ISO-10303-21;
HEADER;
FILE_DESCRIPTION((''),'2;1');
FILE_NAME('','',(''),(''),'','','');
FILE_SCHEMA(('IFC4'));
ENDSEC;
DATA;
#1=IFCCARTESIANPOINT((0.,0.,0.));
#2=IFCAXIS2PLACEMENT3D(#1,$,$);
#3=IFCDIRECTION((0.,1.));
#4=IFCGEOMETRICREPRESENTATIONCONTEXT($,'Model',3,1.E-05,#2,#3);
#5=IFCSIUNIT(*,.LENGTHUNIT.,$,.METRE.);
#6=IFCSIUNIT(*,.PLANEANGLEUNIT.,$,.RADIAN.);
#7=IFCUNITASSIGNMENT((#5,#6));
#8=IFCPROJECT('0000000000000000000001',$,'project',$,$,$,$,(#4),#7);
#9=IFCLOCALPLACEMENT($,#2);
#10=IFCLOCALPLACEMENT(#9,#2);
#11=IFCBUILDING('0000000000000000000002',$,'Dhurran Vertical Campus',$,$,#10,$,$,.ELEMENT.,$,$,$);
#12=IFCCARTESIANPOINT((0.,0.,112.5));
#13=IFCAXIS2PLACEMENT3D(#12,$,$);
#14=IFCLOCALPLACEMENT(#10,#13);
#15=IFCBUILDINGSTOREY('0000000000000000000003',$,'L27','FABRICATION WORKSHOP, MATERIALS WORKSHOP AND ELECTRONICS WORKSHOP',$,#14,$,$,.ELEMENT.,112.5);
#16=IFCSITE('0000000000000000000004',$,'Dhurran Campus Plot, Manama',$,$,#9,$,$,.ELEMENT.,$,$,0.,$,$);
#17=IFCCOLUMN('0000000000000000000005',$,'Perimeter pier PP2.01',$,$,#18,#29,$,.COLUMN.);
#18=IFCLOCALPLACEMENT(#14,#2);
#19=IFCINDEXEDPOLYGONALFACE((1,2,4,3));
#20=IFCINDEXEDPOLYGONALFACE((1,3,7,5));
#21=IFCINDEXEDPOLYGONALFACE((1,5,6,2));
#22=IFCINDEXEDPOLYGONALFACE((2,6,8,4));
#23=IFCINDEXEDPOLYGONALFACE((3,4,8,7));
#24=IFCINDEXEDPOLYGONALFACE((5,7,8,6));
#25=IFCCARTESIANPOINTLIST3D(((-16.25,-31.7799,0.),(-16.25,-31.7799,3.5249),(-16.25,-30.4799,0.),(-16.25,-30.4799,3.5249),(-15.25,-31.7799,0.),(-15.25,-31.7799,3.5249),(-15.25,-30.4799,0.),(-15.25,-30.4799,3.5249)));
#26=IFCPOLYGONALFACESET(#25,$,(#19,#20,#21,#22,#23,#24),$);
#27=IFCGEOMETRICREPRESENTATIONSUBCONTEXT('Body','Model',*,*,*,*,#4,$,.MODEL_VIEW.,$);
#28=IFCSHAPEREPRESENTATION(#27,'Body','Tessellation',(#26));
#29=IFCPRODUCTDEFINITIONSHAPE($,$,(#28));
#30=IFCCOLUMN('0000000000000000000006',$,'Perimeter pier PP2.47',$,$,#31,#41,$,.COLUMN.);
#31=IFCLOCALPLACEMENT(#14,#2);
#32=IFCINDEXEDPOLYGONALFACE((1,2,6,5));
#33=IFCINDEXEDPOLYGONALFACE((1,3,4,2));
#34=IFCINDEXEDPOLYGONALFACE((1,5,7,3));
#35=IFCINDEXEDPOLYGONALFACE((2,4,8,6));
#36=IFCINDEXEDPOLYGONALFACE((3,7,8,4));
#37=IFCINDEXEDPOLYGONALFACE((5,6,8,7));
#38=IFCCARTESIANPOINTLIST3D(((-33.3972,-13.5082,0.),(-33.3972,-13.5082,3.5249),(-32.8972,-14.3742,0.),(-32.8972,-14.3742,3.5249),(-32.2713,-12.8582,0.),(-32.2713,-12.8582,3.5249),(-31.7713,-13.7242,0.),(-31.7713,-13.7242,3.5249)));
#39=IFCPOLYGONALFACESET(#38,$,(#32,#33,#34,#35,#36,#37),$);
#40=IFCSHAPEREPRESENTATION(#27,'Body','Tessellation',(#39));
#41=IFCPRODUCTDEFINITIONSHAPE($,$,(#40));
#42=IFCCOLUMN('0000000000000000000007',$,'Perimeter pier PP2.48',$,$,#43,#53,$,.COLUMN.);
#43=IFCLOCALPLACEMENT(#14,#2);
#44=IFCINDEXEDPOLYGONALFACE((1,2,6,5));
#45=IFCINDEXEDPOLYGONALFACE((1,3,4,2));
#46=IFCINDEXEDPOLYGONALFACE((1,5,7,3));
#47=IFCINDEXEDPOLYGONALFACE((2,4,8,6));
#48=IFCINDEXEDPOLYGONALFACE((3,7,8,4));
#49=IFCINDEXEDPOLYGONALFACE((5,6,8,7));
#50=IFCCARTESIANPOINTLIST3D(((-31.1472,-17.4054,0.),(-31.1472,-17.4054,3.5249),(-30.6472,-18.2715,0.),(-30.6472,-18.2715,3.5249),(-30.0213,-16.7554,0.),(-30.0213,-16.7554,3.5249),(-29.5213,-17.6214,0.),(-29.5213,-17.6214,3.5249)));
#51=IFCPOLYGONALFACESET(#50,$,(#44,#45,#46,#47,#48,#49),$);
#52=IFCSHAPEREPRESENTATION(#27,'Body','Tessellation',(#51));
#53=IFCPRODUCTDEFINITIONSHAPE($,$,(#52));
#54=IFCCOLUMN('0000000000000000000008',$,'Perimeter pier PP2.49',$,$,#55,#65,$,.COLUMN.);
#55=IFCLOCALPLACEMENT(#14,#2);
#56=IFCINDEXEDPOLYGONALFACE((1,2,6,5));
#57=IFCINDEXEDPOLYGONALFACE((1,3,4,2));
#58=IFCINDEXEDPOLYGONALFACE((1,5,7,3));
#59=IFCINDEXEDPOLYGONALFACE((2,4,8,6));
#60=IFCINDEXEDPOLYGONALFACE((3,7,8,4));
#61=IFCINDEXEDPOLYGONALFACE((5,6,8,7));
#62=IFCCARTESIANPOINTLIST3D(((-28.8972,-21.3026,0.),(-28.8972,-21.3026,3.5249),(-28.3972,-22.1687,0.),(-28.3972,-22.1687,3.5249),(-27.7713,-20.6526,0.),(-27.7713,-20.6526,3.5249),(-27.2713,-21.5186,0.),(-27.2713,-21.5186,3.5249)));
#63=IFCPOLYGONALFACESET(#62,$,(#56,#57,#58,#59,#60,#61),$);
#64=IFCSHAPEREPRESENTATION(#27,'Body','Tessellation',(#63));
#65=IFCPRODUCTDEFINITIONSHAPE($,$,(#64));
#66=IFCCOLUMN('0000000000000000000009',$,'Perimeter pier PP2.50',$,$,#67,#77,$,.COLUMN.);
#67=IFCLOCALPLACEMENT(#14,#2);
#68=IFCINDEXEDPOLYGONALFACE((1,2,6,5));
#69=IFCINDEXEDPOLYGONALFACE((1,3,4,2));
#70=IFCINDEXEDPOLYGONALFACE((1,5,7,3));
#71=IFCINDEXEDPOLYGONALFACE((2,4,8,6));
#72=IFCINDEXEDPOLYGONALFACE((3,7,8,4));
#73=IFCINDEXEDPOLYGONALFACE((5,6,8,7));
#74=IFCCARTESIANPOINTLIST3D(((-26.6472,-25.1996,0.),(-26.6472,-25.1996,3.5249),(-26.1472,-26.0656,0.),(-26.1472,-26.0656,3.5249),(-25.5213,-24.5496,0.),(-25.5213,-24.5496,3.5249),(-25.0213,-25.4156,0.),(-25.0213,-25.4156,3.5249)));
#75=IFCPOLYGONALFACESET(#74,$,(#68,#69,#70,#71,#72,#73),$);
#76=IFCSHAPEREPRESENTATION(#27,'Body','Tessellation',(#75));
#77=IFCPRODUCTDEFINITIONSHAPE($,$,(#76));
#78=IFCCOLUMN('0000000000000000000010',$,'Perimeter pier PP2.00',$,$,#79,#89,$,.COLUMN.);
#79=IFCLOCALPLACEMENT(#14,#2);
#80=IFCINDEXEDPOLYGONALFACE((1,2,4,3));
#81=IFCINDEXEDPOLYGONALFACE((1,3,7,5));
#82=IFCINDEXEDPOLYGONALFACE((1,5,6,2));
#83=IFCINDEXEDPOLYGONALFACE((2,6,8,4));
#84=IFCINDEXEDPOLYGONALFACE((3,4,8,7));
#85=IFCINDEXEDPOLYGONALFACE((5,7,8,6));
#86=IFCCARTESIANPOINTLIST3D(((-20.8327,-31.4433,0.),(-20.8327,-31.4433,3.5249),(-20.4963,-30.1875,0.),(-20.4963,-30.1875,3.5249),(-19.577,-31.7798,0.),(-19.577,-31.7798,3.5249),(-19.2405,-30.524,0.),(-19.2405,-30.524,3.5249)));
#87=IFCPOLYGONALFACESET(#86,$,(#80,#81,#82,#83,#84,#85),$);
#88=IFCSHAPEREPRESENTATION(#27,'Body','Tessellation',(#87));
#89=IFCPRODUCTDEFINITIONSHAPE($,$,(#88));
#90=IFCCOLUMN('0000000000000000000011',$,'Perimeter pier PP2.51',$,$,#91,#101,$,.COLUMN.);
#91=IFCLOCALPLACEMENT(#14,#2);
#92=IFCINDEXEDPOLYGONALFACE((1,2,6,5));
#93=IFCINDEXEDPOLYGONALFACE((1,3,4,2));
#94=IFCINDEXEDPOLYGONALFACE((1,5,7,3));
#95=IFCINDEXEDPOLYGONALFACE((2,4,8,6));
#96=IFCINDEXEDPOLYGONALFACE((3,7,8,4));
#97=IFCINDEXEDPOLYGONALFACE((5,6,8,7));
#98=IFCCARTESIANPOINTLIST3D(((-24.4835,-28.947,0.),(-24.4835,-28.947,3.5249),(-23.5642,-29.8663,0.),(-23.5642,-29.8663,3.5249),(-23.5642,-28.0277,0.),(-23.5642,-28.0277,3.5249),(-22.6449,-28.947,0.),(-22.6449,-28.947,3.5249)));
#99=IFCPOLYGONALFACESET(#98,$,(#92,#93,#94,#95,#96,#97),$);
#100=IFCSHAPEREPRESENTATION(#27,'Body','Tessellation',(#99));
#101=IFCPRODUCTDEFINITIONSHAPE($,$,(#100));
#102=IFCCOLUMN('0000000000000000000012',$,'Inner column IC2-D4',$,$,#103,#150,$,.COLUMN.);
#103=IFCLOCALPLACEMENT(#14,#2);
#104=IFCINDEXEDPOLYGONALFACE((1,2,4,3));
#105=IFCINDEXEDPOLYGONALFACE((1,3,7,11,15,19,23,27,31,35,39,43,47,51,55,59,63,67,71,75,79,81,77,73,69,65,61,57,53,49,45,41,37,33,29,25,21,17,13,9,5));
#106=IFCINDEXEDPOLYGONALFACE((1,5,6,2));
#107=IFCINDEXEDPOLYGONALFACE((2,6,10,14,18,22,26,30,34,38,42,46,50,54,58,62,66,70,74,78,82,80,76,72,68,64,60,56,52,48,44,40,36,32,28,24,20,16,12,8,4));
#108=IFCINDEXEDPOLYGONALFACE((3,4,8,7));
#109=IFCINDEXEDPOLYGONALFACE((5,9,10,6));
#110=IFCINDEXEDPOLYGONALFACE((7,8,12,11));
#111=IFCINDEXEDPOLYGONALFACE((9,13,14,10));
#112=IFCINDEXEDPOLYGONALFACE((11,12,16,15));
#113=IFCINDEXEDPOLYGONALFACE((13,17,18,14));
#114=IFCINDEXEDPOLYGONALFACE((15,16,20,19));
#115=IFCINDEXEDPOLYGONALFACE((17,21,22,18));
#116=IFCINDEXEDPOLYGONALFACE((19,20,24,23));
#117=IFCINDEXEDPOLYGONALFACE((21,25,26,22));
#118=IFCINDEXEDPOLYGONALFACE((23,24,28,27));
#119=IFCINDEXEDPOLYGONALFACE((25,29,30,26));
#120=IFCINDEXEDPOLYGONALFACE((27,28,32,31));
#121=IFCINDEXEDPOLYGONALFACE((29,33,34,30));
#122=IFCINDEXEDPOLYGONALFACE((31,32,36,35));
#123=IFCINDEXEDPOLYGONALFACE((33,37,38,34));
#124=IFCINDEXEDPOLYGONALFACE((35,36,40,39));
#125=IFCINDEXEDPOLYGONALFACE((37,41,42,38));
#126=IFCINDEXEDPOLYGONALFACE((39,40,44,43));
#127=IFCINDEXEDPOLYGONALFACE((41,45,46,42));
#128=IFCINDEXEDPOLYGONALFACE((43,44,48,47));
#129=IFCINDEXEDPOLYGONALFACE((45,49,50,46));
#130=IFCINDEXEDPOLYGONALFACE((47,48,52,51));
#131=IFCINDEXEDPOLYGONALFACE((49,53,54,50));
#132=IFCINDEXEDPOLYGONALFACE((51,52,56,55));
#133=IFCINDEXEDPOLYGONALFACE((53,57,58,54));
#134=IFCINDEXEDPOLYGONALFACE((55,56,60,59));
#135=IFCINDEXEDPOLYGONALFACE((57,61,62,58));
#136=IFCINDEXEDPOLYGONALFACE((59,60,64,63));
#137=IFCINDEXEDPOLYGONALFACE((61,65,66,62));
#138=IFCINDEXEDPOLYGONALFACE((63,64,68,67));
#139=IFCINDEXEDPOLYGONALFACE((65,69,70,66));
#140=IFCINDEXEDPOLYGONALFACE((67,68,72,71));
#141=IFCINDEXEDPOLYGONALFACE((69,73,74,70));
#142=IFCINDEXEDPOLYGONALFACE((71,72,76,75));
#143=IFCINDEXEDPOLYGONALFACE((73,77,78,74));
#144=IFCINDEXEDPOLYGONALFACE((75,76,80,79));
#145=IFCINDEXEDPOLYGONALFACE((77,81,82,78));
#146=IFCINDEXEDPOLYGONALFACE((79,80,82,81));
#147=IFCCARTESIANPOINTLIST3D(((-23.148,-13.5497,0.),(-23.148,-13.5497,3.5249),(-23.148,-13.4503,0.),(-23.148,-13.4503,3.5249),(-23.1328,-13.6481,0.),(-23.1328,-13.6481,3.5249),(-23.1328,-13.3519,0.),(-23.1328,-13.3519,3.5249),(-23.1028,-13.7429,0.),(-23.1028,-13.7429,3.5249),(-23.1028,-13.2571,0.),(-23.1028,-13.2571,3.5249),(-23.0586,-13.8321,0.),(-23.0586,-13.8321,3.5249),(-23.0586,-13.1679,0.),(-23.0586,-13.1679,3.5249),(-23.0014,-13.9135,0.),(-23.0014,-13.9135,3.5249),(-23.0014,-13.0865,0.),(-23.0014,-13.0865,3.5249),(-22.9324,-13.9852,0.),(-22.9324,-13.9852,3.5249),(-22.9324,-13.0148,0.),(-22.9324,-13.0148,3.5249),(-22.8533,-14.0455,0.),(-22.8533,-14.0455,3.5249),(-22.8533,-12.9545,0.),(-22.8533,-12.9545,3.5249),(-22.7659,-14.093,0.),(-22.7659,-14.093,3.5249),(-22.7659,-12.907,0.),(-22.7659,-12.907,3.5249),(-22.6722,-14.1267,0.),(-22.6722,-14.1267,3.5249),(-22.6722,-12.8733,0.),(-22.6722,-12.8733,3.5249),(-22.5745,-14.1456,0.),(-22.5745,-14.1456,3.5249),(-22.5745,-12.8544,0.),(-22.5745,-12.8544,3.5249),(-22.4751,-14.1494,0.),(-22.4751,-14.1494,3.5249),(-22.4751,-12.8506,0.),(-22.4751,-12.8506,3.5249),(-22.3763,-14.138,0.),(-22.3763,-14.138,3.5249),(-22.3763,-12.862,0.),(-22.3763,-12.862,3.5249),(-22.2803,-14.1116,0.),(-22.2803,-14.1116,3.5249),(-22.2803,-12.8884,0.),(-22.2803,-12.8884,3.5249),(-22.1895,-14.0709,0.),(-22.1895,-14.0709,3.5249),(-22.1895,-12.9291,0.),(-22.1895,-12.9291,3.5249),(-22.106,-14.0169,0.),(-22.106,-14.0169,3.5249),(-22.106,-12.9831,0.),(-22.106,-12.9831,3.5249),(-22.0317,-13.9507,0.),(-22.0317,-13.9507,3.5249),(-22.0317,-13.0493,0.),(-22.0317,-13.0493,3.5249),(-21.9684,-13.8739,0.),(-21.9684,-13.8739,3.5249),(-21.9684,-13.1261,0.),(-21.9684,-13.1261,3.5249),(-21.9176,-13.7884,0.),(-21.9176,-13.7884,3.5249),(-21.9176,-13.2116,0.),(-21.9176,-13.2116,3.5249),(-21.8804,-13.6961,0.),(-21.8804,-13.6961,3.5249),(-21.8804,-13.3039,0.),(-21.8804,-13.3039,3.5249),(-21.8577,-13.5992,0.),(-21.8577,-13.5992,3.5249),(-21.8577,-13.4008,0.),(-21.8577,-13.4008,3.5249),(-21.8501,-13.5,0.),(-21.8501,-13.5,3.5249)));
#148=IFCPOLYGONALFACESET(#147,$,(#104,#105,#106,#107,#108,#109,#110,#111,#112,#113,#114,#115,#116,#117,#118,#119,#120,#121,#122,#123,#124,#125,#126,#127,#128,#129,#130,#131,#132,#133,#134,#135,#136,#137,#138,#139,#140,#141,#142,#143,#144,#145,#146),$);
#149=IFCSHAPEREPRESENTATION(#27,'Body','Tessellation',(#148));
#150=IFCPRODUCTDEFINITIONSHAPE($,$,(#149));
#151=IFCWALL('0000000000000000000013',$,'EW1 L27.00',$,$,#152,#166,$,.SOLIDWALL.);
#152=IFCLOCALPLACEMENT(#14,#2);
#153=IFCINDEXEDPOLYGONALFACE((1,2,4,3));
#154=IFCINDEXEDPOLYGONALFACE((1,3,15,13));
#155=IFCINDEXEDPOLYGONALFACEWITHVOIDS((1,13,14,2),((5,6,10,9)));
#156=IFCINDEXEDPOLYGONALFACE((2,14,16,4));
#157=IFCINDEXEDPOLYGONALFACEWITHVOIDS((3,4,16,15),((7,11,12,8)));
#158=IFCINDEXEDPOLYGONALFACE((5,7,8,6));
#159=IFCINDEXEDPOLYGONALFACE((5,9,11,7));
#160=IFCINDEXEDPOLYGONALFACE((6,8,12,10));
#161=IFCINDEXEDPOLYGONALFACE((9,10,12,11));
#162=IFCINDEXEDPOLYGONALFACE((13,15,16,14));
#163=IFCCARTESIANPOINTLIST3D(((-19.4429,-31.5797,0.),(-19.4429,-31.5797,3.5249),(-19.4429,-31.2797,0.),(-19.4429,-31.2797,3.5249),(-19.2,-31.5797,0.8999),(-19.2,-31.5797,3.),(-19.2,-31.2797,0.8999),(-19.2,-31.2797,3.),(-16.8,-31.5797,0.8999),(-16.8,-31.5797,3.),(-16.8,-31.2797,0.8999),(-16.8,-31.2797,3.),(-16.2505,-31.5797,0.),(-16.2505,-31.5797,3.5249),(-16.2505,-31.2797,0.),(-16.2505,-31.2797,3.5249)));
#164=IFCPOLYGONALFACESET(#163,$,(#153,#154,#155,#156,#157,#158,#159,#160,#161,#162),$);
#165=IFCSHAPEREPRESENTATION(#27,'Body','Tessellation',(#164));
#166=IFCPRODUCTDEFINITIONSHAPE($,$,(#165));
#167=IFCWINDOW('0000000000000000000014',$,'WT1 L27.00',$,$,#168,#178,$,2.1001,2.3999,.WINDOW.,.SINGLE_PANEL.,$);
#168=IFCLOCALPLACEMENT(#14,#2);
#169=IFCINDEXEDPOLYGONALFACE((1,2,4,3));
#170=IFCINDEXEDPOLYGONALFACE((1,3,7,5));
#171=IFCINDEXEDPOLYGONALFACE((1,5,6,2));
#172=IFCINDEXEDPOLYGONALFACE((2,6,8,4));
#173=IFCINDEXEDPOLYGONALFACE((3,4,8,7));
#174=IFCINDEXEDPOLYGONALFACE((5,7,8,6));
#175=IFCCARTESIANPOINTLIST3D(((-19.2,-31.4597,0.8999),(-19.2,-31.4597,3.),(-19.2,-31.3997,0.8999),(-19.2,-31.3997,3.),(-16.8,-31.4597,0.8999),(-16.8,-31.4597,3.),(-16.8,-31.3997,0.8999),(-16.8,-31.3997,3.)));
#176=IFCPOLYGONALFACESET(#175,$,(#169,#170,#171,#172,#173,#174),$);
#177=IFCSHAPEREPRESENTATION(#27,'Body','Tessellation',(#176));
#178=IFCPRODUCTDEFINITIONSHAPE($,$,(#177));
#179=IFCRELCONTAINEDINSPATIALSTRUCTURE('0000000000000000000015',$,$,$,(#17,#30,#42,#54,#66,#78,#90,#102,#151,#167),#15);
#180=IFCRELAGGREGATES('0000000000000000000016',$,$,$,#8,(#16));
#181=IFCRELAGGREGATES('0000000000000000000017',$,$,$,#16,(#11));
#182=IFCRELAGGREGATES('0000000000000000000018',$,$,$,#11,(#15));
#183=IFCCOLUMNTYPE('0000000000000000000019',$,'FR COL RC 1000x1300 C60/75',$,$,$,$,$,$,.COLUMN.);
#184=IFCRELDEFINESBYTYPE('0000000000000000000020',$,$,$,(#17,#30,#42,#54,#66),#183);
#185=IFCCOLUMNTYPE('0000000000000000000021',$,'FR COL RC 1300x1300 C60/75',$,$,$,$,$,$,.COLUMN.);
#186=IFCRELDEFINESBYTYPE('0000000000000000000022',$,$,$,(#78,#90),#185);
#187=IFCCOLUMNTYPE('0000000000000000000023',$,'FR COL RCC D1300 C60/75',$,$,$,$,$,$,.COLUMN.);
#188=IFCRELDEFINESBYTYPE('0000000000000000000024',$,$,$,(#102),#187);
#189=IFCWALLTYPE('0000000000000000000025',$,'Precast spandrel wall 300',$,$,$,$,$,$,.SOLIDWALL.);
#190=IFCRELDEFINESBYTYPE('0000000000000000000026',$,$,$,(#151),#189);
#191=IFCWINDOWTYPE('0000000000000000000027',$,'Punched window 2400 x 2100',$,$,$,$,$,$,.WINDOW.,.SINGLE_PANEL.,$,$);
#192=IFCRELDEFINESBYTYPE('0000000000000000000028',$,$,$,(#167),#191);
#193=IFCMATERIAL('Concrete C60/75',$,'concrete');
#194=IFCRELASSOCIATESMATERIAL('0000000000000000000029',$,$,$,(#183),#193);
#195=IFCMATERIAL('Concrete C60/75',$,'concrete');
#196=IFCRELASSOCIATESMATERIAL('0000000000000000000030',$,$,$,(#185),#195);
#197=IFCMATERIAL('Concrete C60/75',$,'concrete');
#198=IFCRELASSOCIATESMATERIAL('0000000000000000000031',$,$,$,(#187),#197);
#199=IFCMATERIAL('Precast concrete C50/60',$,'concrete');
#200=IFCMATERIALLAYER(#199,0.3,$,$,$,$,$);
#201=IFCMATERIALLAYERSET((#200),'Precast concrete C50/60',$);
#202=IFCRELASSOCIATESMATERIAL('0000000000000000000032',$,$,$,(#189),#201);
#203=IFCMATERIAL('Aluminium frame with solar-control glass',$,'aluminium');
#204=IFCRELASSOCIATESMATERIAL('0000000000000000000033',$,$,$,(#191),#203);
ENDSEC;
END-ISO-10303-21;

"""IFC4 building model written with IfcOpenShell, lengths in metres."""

from ifc_helpers import new_model, si_unit, direction, frame, frame_2d, origin, origin_2d, place, context, subcontext, project, spatial, rectangle, circle, extrude, material, layer, layer_set, material_profile, profile_set, type_object, element, fill, save


model = new_model("IFC4")

# Units and contexts
model_context = context("Model", 3, precision=1e-05, world=origin(), true_north=direction((0.0, 1.0)))
body_context = subcontext(model_context, "Body", "Model", "MODEL_VIEW")
ifc_project = project(units=[si_unit("LENGTHUNIT", "METRE"), si_unit("PLANEANGLEUNIT", "RADIAN")], contexts=[model_context])

# Site, building, storey
site_placement = place(None, origin())
site = spatial("IfcSite", under=ifc_project, at=site_placement, Name="Dhurran Campus Plot, Manama", CompositionType="ELEMENT", RefElevation=0.0)
building_placement = place(site_placement, origin())
building = spatial("IfcBuilding", under=site, at=building_placement, Name="Dhurran Vertical Campus", CompositionType="ELEMENT")
storey_placement = place(building_placement, frame((0.0, 0.0, 112.5)))
storey = spatial("IfcBuildingStorey", under=building, at=storey_placement, Name="L27", Description="FABRICATION WORKSHOP, MATERIALS WORKSHOP AND ELECTRONICS WORKSHOP", CompositionType="ELEMENT", Elevation=112.5)

# Columns
ifc_material_1 = material(Name="Concrete C60/75", Category="concrete")
ifc_material_profile_1 = material_profile(ifc_material_1, rectangle(XDim=1.0, YDim=1.3, at=origin_2d()), Name="RC 1000x1300")
ifc_profile_set_1 = profile_set([ifc_material_profile_1], Name="Concrete C60/75")
column_type_1 = type_object("IfcColumnType", Name="FR COL RC 1000x1300 C60/75", PredefinedType="COLUMN", material=ifc_profile_set_1)
for number, where, z_axis, x_axis, name in (
    (1, (-15.75, -31.1299, 0.0), (0.0, 0.0, 1.0), (1.0, 0.0, 0.0), "Perimeter pier PP2.01"),
    (2, (-32.5842, -13.6162, 0.0), (0.0, 0.0, 1.0), (0.5, -0.866025, 0.0), "Perimeter pier PP2.47"),
    (3, (-30.3342, -17.5134, 0.0), (0.0, 0.0, 1.0), (0.5, -0.866025, 0.0), "Perimeter pier PP2.48"),
    (4, (-28.0842, -21.4106, 0.0), (0.0, 0.0, 1.0), (0.5, -0.866025, 0.0), "Perimeter pier PP2.49"),
    (5, (-25.8342, -25.3076, 0.0), (0.0, 0.0, 1.0), (0.5, -0.866025, 0.0), "Perimeter pier PP2.50"),
):
    element("IfcColumn", number, at=place(storey_placement, frame(where, z_axis=z_axis, x_axis=x_axis)), inside=storey, type_object=column_type_1, Name=name, PredefinedType="COLUMN", context=body_context, shape_type="SweptSolid", body=[
        extrude(rectangle(XDim=1.0, YDim=1.3, at=origin_2d()), origin(), (0.0, 0.0, 1.0), 3.5249),
    ])
ifc_material_2 = material(Name="Concrete C60/75", Category="concrete")
ifc_material_profile_2 = material_profile(ifc_material_2, rectangle(XDim=1.3, YDim=1.3, at=origin_2d()), Name="RC 1300x1300")
ifc_profile_set_2 = profile_set([ifc_material_profile_2], Name="Concrete C60/75")
column_type_2 = type_object("IfcColumnType", Name="FR COL RC 1300x1300 C60/75", PredefinedType="COLUMN", material=ifc_profile_set_2)
for number, where, z_axis, x_axis, name in (
    (6, (-20.0366, -30.9836, 0.0), (0.0, 0.0, 1.0), (0.965926, -0.258819, 0.0), "Perimeter pier PP2.00"),
    (7, (-23.5642, -28.947, 0.0), (0.0, 0.0, 1.0), (0.707107, -0.707107, 0.0), "Perimeter pier PP2.51"),
):
    element("IfcColumn", number, at=place(storey_placement, frame(where, z_axis=z_axis, x_axis=x_axis)), inside=storey, type_object=column_type_2, Name=name, PredefinedType="COLUMN", context=body_context, shape_type="SweptSolid", body=[
        extrude(rectangle(XDim=1.3, YDim=1.3, at=origin_2d()), origin(), (0.0, 0.0, 1.0), 3.5249),
    ])
ifc_material_3 = material(Name="Concrete C60/75", Category="concrete")
ifc_material_profile_3 = material_profile(ifc_material_3, circle(Radius=0.6499, at=origin_2d()), Name="RCC D1300")
ifc_profile_set_3 = profile_set([ifc_material_profile_3], Name="Concrete C60/75")
column_type_3 = type_object("IfcColumnType", Name="FR COL RCC D1300 C60/75", PredefinedType="COLUMN", material=ifc_profile_set_3)
column_placement = place(storey_placement, frame((-22.5, -13.5, 0.0), z_axis=(0.0, 0.0, 1.0), x_axis=(1.0, 0.0, 0.0)))
element("IfcColumn", 8, at=column_placement, inside=storey, type_object=column_type_3, Name="Inner column IC2-D4", PredefinedType="COLUMN", context=body_context, shape_type="SweptSolid", body=[
    extrude(circle(Radius=0.6499, at=origin_2d()), origin(), (0.0, 0.0, 1.0), 3.5249),
])

# Wall, opening, window
ifc_material_4 = material(Name="Precast concrete C50/60", Category="concrete")
ifc_layer_1 = layer(ifc_material_4, 0.3)
ifc_layer_set_1 = layer_set([ifc_layer_1], Name="Precast concrete C50/60")
wall_type_1 = type_object("IfcWallType", Name="Precast spandrel wall 300", PredefinedType="SOLIDWALL", material=ifc_layer_set_1)
wall_1_placement = place(storey_placement, frame((-19.4429, -31.4297, 0.0), z_axis=(0.0, 0.0, 1.0), x_axis=(1.0, 0.0, 0.0)))
wall_1 = element("IfcWall", 9, at=wall_1_placement, inside=storey, type_object=wall_type_1, Name="EW1 L27.00", PredefinedType="SOLIDWALL", context=body_context, shape_type="SweptSolid", body=[
    extrude(rectangle(XDim=3.1924, YDim=0.3, at=frame_2d((1.5962, 0.0))), origin(), (0.0, 0.0, 1.0), 3.5249),
])
opening_1_placement = place(wall_1_placement, frame((0.2429, 0.0, 0.8999)))
opening_1 = element("IfcOpeningElement", 10, at=opening_1_placement, cuts=wall_1, PredefinedType="OPENING", context=body_context, shape_type="SweptSolid", body=[
    extrude(rectangle(XDim=2.3999, YDim=2.1001, at=frame_2d((1.2, 1.05))), frame((0.0, 0.1599, 0.0), z_axis=(0.0, -1.0, 0.0), x_axis=(1.0, 0.0, 0.0)), (0.0, 0.0, 1.0), 0.3201),
])
ifc_material_5 = material(Name="Aluminium frame with solar-control glass", Category="aluminium")
window_type = type_object("IfcWindowType", Name="Punched window 2400 x 2100", PartitioningType="SINGLE_PANEL", PredefinedType="WINDOW", material=ifc_material_5)
window_1_placement = place(opening_1_placement, origin())
window_1 = element("IfcWindow", 11, at=window_1_placement, inside=storey, type_object=window_type, Name="WT1 L27.00", OverallHeight=2.1001, OverallWidth=2.3999, PartitioningType="SINGLE_PANEL", PredefinedType="WINDOW", context=body_context, shape_type="SweptSolid", body=[
    extrude(rectangle(XDim=2.3999, YDim=2.1001, at=frame_2d((1.2, 1.05))), frame((0.0, 0.03, 0.0), z_axis=(0.0, -1.0, 0.0), x_axis=(1.0, 0.0, 0.0)), (0.0, 0.0, 1.0), 0.0601),
])
fill(opening_1, window_1)

save(model, "model.ifc")
